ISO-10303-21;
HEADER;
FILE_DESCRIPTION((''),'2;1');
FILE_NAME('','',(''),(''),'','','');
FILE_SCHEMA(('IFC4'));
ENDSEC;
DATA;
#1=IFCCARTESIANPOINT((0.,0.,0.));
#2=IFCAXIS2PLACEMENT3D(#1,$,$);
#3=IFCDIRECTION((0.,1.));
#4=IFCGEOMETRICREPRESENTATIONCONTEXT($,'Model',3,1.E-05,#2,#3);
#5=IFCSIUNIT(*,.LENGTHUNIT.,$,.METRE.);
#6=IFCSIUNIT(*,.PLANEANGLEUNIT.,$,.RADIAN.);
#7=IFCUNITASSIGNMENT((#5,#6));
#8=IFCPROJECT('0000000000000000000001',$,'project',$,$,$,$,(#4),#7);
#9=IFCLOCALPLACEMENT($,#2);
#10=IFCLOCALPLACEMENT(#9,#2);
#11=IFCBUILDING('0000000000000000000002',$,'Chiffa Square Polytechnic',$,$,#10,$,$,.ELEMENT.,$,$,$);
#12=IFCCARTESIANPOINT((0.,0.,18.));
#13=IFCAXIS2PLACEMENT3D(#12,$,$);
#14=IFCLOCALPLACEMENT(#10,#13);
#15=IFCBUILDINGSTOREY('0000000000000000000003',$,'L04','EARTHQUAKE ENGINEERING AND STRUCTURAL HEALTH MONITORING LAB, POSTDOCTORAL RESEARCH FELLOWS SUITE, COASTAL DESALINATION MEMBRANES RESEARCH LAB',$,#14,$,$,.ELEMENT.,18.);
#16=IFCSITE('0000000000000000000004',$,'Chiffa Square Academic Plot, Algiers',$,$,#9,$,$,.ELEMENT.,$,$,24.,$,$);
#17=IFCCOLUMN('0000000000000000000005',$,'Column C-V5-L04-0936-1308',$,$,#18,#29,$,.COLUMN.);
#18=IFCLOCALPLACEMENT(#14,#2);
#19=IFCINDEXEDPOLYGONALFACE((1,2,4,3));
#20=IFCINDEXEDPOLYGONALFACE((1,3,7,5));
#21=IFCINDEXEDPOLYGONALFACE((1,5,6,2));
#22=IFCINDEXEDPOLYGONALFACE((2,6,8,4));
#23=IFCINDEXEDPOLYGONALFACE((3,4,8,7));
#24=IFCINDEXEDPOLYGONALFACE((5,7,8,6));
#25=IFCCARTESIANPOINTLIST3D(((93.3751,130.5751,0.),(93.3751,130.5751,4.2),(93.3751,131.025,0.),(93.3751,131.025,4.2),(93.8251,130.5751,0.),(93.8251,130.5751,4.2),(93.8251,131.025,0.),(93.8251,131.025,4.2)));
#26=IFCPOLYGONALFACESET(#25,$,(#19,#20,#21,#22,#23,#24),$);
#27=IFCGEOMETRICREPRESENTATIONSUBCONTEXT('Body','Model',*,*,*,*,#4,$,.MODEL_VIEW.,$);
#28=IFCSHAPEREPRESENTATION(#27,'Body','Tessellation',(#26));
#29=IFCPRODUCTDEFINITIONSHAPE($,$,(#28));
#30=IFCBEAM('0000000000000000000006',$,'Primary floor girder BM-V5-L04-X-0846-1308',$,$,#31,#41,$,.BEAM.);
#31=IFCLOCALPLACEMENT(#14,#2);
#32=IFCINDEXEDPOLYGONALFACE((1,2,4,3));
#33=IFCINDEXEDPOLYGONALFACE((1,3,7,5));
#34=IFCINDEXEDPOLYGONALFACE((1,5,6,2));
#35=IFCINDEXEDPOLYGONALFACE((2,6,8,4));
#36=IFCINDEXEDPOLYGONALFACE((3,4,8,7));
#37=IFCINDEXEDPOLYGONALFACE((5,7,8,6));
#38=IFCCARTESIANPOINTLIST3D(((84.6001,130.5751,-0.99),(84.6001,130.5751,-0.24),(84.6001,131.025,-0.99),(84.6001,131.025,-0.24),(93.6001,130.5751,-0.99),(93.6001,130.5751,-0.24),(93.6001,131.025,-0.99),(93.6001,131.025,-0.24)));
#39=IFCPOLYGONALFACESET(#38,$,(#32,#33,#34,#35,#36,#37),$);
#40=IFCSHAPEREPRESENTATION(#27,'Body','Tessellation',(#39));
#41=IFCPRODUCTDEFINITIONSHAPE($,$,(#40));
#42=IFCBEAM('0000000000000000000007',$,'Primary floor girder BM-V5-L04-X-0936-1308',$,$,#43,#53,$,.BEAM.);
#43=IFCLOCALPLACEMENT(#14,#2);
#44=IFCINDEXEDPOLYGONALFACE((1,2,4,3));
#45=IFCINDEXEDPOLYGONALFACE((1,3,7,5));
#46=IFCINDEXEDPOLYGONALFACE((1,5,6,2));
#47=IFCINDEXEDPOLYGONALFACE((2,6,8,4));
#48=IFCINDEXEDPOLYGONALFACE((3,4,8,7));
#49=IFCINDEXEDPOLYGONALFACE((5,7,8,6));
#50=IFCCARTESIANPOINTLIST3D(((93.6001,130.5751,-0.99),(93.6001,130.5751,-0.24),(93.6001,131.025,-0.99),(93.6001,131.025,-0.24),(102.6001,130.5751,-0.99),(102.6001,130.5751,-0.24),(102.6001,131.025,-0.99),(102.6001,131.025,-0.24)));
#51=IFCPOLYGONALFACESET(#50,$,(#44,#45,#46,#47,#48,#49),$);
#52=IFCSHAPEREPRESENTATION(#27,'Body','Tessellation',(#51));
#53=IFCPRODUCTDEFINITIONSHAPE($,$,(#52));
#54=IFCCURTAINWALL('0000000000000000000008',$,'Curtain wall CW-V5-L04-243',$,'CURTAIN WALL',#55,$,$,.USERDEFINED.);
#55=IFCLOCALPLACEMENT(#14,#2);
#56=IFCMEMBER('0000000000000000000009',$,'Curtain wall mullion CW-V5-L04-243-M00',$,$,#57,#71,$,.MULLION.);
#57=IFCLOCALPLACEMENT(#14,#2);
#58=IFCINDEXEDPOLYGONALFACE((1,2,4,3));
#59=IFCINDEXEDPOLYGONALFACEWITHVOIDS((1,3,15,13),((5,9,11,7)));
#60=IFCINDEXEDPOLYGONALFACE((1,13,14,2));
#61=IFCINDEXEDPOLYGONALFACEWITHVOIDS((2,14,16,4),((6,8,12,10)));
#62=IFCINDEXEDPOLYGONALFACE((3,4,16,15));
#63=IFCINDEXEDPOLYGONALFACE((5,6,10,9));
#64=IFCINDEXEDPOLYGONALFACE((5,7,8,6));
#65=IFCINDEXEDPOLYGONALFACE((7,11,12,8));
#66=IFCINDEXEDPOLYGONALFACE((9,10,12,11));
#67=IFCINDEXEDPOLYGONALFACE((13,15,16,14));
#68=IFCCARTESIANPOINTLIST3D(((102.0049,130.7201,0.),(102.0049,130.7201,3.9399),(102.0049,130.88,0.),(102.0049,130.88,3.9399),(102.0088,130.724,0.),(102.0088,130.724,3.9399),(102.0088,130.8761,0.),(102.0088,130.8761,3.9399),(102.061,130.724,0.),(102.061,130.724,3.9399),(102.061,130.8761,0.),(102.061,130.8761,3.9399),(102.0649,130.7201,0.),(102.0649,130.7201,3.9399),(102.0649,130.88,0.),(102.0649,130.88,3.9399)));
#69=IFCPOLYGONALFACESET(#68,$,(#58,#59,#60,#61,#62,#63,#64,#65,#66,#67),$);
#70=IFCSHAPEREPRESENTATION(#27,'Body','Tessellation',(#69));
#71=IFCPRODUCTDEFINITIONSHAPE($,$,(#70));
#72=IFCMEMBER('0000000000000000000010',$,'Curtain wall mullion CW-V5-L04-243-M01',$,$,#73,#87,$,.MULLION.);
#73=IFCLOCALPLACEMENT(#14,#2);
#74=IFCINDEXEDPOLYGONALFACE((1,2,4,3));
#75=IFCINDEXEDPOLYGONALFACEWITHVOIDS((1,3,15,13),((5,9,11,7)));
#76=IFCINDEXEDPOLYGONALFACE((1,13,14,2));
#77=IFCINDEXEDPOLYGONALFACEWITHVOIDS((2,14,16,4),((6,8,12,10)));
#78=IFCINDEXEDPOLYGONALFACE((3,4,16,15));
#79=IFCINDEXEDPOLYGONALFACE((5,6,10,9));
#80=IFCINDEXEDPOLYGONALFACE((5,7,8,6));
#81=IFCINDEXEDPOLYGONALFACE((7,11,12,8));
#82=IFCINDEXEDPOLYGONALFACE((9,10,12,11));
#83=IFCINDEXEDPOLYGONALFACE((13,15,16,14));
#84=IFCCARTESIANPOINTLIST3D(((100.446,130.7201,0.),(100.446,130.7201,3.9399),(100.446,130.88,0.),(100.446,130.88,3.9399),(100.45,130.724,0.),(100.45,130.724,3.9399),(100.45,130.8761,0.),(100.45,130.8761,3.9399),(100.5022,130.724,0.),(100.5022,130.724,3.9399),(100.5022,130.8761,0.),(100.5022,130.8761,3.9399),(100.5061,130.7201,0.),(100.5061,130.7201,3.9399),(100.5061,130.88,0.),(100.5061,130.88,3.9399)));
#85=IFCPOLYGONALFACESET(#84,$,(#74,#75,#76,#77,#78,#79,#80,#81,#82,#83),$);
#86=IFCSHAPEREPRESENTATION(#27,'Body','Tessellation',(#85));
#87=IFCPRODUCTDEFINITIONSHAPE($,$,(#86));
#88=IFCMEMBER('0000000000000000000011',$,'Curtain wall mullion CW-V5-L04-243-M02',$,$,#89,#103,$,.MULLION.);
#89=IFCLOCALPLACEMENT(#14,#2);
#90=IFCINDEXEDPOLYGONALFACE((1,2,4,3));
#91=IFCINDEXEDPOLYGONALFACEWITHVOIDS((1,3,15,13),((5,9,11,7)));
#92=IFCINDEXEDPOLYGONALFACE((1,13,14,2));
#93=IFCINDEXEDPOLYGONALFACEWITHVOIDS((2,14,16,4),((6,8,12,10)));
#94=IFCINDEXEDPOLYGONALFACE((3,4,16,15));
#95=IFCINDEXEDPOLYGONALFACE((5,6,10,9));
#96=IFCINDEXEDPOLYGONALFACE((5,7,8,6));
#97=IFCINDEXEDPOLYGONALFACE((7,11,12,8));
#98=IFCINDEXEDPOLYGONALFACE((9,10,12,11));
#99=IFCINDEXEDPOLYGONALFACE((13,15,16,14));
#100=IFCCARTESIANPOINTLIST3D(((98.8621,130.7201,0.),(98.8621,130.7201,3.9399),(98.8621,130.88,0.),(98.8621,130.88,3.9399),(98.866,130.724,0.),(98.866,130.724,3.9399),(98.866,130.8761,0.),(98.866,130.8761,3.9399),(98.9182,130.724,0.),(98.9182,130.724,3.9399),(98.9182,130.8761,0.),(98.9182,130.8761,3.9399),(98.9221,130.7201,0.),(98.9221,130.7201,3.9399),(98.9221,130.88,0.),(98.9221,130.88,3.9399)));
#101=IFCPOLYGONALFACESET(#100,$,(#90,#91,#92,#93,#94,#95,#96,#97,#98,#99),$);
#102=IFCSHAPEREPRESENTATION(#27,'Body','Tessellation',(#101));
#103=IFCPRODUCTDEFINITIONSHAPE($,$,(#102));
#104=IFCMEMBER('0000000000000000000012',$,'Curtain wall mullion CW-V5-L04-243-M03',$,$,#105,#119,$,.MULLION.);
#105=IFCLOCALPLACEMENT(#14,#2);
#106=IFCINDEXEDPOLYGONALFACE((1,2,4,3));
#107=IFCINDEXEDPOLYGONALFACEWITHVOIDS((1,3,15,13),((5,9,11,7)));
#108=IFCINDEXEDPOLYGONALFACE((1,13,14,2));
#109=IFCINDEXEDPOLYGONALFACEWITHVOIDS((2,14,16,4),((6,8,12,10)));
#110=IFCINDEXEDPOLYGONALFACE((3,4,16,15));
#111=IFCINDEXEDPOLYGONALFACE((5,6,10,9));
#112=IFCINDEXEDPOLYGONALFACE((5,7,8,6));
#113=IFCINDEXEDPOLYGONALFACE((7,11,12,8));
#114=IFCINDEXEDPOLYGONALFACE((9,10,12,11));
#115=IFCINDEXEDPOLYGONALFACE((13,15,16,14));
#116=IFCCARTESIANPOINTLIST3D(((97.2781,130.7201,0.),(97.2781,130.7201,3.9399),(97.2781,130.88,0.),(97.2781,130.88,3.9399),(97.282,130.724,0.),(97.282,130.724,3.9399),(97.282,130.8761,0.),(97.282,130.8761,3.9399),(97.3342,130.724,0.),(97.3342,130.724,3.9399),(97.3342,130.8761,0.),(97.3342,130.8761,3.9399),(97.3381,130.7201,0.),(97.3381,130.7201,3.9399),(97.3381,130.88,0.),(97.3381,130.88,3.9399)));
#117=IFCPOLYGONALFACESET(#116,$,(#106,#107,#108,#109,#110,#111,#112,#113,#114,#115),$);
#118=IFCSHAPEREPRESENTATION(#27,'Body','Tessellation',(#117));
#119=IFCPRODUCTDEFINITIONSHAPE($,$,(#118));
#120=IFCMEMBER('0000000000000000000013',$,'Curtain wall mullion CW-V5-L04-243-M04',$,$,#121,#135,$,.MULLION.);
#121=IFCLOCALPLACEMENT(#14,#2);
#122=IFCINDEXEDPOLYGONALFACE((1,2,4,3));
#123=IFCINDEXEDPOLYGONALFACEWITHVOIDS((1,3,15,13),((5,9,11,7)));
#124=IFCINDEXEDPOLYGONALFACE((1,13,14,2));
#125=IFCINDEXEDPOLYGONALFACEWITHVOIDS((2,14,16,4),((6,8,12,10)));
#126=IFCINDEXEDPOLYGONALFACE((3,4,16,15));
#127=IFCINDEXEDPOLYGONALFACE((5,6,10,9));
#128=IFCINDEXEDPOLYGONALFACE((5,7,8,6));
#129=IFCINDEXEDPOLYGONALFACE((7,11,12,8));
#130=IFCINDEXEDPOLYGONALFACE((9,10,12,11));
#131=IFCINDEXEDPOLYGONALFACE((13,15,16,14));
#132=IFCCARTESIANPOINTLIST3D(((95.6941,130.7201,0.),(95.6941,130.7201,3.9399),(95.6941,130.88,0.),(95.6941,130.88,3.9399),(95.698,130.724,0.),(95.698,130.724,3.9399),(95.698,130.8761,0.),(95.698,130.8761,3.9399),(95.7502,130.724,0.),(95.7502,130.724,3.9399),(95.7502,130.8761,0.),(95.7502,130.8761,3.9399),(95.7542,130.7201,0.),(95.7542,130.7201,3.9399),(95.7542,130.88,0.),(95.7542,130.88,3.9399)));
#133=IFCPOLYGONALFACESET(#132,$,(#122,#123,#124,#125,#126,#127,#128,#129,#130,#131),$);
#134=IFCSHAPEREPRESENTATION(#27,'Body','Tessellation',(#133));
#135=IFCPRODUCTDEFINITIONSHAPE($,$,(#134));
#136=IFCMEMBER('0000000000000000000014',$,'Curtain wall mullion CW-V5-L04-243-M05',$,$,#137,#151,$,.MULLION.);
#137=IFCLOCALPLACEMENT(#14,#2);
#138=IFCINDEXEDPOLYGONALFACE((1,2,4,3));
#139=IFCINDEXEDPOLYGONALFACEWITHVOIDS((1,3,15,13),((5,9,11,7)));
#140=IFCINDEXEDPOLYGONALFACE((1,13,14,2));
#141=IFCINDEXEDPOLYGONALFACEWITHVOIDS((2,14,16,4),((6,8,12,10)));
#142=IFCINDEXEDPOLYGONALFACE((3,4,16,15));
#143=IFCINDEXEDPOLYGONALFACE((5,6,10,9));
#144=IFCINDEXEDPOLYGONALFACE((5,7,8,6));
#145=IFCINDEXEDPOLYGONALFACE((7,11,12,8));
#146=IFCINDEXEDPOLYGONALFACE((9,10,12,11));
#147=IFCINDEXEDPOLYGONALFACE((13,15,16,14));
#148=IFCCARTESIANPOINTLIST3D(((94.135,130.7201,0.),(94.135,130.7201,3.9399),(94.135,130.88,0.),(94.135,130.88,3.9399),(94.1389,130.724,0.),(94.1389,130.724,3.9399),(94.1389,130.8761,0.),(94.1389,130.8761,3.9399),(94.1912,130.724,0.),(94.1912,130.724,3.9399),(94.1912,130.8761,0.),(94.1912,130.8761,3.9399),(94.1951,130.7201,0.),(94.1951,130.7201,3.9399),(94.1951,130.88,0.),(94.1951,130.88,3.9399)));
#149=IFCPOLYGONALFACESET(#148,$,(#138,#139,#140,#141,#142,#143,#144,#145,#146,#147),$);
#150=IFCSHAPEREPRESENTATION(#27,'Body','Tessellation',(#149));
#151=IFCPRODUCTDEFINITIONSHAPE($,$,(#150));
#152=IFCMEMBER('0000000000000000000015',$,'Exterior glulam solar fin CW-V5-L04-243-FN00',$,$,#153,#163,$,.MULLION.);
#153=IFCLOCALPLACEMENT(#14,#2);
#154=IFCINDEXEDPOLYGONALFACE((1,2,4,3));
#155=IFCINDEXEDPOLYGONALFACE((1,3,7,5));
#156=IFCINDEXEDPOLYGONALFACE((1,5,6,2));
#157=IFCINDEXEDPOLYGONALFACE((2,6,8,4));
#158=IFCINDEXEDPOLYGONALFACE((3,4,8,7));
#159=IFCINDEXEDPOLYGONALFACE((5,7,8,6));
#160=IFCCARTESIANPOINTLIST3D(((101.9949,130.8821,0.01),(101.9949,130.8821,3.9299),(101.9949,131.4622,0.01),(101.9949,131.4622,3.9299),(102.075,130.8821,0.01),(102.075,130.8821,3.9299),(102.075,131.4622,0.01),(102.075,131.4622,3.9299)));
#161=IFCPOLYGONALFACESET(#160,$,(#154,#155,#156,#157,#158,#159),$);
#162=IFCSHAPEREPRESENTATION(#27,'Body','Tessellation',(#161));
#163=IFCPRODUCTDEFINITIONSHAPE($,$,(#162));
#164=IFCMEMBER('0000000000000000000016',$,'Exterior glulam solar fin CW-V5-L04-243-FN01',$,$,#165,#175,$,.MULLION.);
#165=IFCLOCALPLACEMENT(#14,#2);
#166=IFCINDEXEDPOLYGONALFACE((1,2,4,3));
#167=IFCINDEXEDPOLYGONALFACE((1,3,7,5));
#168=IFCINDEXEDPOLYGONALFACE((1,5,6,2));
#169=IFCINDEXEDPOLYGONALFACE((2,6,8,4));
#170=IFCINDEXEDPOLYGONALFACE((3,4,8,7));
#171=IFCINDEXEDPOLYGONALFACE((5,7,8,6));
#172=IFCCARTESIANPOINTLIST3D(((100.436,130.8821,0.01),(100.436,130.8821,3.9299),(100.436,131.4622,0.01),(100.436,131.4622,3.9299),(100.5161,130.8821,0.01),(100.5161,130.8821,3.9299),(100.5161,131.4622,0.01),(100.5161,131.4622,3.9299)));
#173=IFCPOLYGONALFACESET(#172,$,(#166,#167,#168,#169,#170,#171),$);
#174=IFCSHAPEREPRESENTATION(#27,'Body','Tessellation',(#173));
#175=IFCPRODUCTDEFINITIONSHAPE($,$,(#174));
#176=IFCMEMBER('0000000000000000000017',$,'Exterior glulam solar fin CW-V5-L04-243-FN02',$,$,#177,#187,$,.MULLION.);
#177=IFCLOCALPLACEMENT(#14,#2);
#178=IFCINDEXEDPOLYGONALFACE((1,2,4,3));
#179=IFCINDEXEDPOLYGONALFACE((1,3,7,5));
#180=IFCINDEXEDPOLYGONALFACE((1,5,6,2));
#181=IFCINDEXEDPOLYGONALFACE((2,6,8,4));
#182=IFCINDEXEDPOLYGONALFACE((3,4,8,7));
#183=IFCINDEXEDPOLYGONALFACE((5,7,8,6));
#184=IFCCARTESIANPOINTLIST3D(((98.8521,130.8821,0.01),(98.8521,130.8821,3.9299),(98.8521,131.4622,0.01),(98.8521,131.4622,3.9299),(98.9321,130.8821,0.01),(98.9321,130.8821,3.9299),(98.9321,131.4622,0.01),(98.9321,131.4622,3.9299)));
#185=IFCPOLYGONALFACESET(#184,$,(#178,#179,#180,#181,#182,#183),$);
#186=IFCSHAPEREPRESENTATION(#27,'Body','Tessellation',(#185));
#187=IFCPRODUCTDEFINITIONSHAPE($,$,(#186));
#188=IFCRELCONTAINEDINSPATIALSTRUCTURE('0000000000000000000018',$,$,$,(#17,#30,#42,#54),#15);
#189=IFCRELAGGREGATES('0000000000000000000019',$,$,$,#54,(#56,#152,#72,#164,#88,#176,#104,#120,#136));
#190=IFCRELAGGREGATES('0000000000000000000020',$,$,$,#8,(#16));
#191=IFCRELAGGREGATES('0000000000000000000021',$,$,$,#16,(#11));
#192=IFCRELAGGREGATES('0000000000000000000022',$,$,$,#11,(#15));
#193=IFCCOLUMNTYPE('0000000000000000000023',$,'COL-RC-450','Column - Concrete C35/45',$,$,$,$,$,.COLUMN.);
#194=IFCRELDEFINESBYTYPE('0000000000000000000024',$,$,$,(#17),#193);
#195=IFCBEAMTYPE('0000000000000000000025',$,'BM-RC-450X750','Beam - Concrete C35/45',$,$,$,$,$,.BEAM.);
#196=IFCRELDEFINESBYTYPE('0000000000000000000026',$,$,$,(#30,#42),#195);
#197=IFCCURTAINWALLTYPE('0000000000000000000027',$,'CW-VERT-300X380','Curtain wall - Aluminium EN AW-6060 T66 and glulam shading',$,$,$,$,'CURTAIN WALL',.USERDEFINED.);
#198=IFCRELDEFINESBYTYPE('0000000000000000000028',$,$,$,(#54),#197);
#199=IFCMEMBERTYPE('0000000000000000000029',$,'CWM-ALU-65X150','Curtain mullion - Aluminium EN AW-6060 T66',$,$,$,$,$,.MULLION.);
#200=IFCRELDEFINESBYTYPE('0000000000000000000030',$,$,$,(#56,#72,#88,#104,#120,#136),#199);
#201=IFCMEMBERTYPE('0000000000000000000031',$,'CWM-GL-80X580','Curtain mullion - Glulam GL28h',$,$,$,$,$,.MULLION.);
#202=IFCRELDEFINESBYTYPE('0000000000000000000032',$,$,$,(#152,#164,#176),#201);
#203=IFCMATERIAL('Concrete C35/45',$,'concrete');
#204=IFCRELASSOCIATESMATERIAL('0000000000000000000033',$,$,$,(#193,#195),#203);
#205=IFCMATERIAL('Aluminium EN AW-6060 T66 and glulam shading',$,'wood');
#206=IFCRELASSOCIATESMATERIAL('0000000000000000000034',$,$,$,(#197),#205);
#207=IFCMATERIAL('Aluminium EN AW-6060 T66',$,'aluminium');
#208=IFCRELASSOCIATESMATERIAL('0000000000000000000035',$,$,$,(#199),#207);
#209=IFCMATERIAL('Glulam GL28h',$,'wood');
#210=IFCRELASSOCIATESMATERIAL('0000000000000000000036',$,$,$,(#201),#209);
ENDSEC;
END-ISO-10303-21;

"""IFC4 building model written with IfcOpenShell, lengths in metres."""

from ifc_helpers import new_model, si_unit, direction, frame, origin, origin_2d, place, context, subcontext, project, spatial, rectangle, hollow_rectangle, extrude, material, material_profile, profile_set, type_object, element, aggregate, save


model = new_model("IFC4")

# Units and contexts
model_context = context("Model", 3, precision=1e-05, world=origin(), true_north=direction((0.0, 1.0)))
body_context = subcontext(model_context, "Body", "Model", "MODEL_VIEW")
ifc_project = project(units=[si_unit("LENGTHUNIT", "METRE"), si_unit("PLANEANGLEUNIT", "RADIAN")], contexts=[model_context])

# Site, building, storey
site_placement = place(None, origin())
site = spatial("IfcSite", under=ifc_project, at=site_placement, Name="Chiffa Square Academic Plot, Algiers", CompositionType="ELEMENT", RefElevation=24.0)
building_placement = place(site_placement, origin())
building = spatial("IfcBuilding", under=site, at=building_placement, Name="Chiffa Square Polytechnic", CompositionType="ELEMENT")
storey_placement = place(building_placement, frame((0.0, 0.0, 18.0)))
storey = spatial("IfcBuildingStorey", under=building, at=storey_placement, Name="L04", Description="EARTHQUAKE ENGINEERING AND STRUCTURAL HEALTH MONITORING LAB, POSTDOCTORAL RESEARCH FELLOWS SUITE, COASTAL DESALINATION MEMBRANES RESEARCH LAB", CompositionType="ELEMENT", Elevation=18.0)

# Column
ifc_material_1 = material(Name="Concrete C35/45", Category="concrete")
ifc_material_profile_1 = material_profile(ifc_material_1, rectangle(XDim=0.45, YDim=0.45, at=origin_2d()), Name="RC 450x450")
ifc_profile_set_1 = profile_set([ifc_material_profile_1], Name="Concrete C35/45")
column_type = type_object("IfcColumnType", Name="COL-RC-450", Description="Column - Concrete C35/45", PredefinedType="COLUMN", material=ifc_profile_set_1)
column_placement = place(storey_placement, frame((93.6001, 130.8, 0.0), z_axis=(0.0, 0.0, 1.0), x_axis=(1.0, 0.0, 0.0)))
element("IfcColumn", 1, at=column_placement, inside=storey, type_object=column_type, Name="Column C-V5-L04-0936-1308", PredefinedType="COLUMN", context=body_context, shape_type="SweptSolid", body=[
    extrude(rectangle(XDim=0.45, YDim=0.45, at=origin_2d()), origin(), (0.0, 0.0, 1.0), 4.2),
])

# Beams
ifc_material_profile_2 = material_profile(ifc_material_1, rectangle(XDim=0.45, YDim=0.75, at=origin_2d()), Name="RC 450x750")
ifc_profile_set_2 = profile_set([ifc_material_profile_2], Name="Concrete C35/45")
beam_type_1 = type_object("IfcBeamType", Name="BM-RC-450X750", Description="Beam - Concrete C35/45", PredefinedType="BEAM", material=ifc_profile_set_2)
for number, where, z_axis, x_axis, name in (
    (2, (84.6001, 130.8, -0.615), (1.0, 0.0, 0.0), (0.0, 1.0, 0.0), "Primary floor girder BM-V5-L04-X-0846-1308"),
    (3, (93.6001, 130.8, -0.615), (1.0, 0.0, 0.0), (0.0, 1.0, 0.0), "Primary floor girder BM-V5-L04-X-0936-1308"),
):
    element("IfcBeam", number, at=place(storey_placement, frame(where, z_axis=z_axis, x_axis=x_axis)), inside=storey, type_object=beam_type_1, Name=name, PredefinedType="BEAM", context=body_context, shape_type="SweptSolid", body=[
        extrude(rectangle(XDim=0.45, YDim=0.75, at=origin_2d()), origin(), (0.0, 0.0, 1.0), 9.0),
    ])

# Curtain wall, members
ifc_material_2 = material(Name="Aluminium EN AW-6060 T66 and glulam shading", Category="wood")
curtain_wall_type = type_object("IfcCurtainWallType", Name="CW-VERT-300X380", Description="Curtain wall - Aluminium EN AW-6060 T66 and glulam shading", ElementType="CURTAIN WALL", PredefinedType="USERDEFINED", material=ifc_material_2)
curtain_wall_placement = place(storey_placement, origin())
curtain_wall = element("IfcCurtainWall", 4, at=curtain_wall_placement, inside=storey, type_object=curtain_wall_type, Name="Curtain wall CW-V5-L04-243", ObjectType="CURTAIN WALL", PredefinedType="USERDEFINED")
ifc_material_3 = material(Name="Aluminium EN AW-6060 T66", Category="aluminium")
ifc_material_profile_3 = material_profile(ifc_material_3, hollow_rectangle(XDim=0.0601, YDim=0.1599, WallThickness=0.0039, at=origin_2d()), Name="ALU 60x160x4")
ifc_profile_set_3 = profile_set([ifc_material_profile_3], Name="Aluminium EN AW-6060 T66")
member_type_1 = type_object("IfcMemberType", Name="CWM-ALU-65X150", Description="Curtain mullion - Aluminium EN AW-6060 T66", PredefinedType="MULLION", material=ifc_profile_set_3)
member_1_placement = place(storey_placement, frame((102.0349, 130.8, 0.0), z_axis=(0.0, 0.0, 1.0), x_axis=(1.0, 0.0, 0.0)))
member_1 = element("IfcMember", 5, at=member_1_placement, type_object=member_type_1, Name="Curtain wall mullion CW-V5-L04-243-M00", PredefinedType="MULLION", context=body_context, shape_type="SweptSolid", body=[
    extrude(hollow_rectangle(XDim=0.0601, YDim=0.1599, WallThickness=0.0039, at=origin_2d()), origin(), (0.0, 0.0, 1.0), 3.9399),
])
member_2_placement = place(storey_placement, frame((100.4761, 130.8, 0.0), z_axis=(0.0, 0.0, 1.0), x_axis=(1.0, 0.0, 0.0)))
member_2 = element("IfcMember", 6, at=member_2_placement, type_object=member_type_1, Name="Curtain wall mullion CW-V5-L04-243-M01", PredefinedType="MULLION", context=body_context, shape_type="SweptSolid", body=[
    extrude(hollow_rectangle(XDim=0.0601, YDim=0.1599, WallThickness=0.0039, at=origin_2d()), origin(), (0.0, 0.0, 1.0), 3.9399),
])
member_3_placement = place(storey_placement, frame((98.8921, 130.8, 0.0), z_axis=(0.0, 0.0, 1.0), x_axis=(1.0, 0.0, 0.0)))
member_3 = element("IfcMember", 7, at=member_3_placement, type_object=member_type_1, Name="Curtain wall mullion CW-V5-L04-243-M02", PredefinedType="MULLION", context=body_context, shape_type="SweptSolid", body=[
    extrude(hollow_rectangle(XDim=0.0601, YDim=0.1599, WallThickness=0.0039, at=origin_2d()), origin(), (0.0, 0.0, 1.0), 3.9399),
])
member_4_placement = place(storey_placement, frame((97.3081, 130.8, 0.0), z_axis=(0.0, 0.0, 1.0), x_axis=(1.0, 0.0, 0.0)))
member_4 = element("IfcMember", 8, at=member_4_placement, type_object=member_type_1, Name="Curtain wall mullion CW-V5-L04-243-M03", PredefinedType="MULLION", context=body_context, shape_type="SweptSolid", body=[
    extrude(hollow_rectangle(XDim=0.0601, YDim=0.1599, WallThickness=0.0039, at=origin_2d()), origin(), (0.0, 0.0, 1.0), 3.9399),
])
member_5_placement = place(storey_placement, frame((95.7241, 130.8, 0.0), z_axis=(0.0, 0.0, 1.0), x_axis=(1.0, 0.0, 0.0)))
member_5 = element("IfcMember", 9, at=member_5_placement, type_object=member_type_1, Name="Curtain wall mullion CW-V5-L04-243-M04", PredefinedType="MULLION", context=body_context, shape_type="SweptSolid", body=[
    extrude(hollow_rectangle(XDim=0.0601, YDim=0.1599, WallThickness=0.0039, at=origin_2d()), origin(), (0.0, 0.0, 1.0), 3.9399),
])
member_6_placement = place(storey_placement, frame((94.165, 130.8, 0.0), z_axis=(0.0, 0.0, 1.0), x_axis=(1.0, 0.0, 0.0)))
member_6 = element("IfcMember", 10, at=member_6_placement, type_object=member_type_1, Name="Curtain wall mullion CW-V5-L04-243-M05", PredefinedType="MULLION", context=body_context, shape_type="SweptSolid", body=[
    extrude(hollow_rectangle(XDim=0.0601, YDim=0.1599, WallThickness=0.0039, at=origin_2d()), origin(), (0.0, 0.0, 1.0), 3.9399),
])
ifc_material_4 = material(Name="Glulam GL28h", Category="wood")
ifc_material_profile_4 = material_profile(ifc_material_4, rectangle(XDim=0.0801, YDim=0.5801, at=origin_2d()), Name="GL28h 80x580")
ifc_profile_set_4 = profile_set([ifc_material_profile_4], Name="Glulam GL28h")
member_type_2 = type_object("IfcMemberType", Name="CWM-GL-80X580", Description="Curtain mullion - Glulam GL28h", PredefinedType="MULLION", material=ifc_profile_set_4)
member_7_placement = place(storey_placement, frame((102.0349, 131.1721, 0.01), z_axis=(0.0, 0.0, 1.0), x_axis=(-1.0, 0.0, 0.0)))
member_7 = element("IfcMember", 11, at=member_7_placement, type_object=member_type_2, Name="Exterior glulam solar fin CW-V5-L04-243-FN00", PredefinedType="MULLION", context=body_context, shape_type="SweptSolid", body=[
    extrude(rectangle(XDim=0.0801, YDim=0.5801, at=origin_2d()), origin(), (0.0, 0.0, 1.0), 3.9199),
])
member_8_placement = place(storey_placement, frame((100.4761, 131.1721, 0.01), z_axis=(0.0, 0.0, 1.0), x_axis=(-1.0, 0.0, 0.0)))
member_8 = element("IfcMember", 12, at=member_8_placement, type_object=member_type_2, Name="Exterior glulam solar fin CW-V5-L04-243-FN01", PredefinedType="MULLION", context=body_context, shape_type="SweptSolid", body=[
    extrude(rectangle(XDim=0.0801, YDim=0.5801, at=origin_2d()), origin(), (0.0, 0.0, 1.0), 3.9199),
])
member_9_placement = place(storey_placement, frame((98.8921, 131.1721, 0.01), z_axis=(0.0, 0.0, 1.0), x_axis=(-1.0, 0.0, 0.0)))
member_9 = element("IfcMember", 13, at=member_9_placement, type_object=member_type_2, Name="Exterior glulam solar fin CW-V5-L04-243-FN02", PredefinedType="MULLION", context=body_context, shape_type="SweptSolid", body=[
    extrude(rectangle(XDim=0.0801, YDim=0.5801, at=origin_2d()), origin(), (0.0, 0.0, 1.0), 3.9199),
])

aggregate(curtain_wall, [member_1, member_7, member_2, member_8, member_3, member_9, member_4, member_5, member_6])

save(model, "model.ifc")
